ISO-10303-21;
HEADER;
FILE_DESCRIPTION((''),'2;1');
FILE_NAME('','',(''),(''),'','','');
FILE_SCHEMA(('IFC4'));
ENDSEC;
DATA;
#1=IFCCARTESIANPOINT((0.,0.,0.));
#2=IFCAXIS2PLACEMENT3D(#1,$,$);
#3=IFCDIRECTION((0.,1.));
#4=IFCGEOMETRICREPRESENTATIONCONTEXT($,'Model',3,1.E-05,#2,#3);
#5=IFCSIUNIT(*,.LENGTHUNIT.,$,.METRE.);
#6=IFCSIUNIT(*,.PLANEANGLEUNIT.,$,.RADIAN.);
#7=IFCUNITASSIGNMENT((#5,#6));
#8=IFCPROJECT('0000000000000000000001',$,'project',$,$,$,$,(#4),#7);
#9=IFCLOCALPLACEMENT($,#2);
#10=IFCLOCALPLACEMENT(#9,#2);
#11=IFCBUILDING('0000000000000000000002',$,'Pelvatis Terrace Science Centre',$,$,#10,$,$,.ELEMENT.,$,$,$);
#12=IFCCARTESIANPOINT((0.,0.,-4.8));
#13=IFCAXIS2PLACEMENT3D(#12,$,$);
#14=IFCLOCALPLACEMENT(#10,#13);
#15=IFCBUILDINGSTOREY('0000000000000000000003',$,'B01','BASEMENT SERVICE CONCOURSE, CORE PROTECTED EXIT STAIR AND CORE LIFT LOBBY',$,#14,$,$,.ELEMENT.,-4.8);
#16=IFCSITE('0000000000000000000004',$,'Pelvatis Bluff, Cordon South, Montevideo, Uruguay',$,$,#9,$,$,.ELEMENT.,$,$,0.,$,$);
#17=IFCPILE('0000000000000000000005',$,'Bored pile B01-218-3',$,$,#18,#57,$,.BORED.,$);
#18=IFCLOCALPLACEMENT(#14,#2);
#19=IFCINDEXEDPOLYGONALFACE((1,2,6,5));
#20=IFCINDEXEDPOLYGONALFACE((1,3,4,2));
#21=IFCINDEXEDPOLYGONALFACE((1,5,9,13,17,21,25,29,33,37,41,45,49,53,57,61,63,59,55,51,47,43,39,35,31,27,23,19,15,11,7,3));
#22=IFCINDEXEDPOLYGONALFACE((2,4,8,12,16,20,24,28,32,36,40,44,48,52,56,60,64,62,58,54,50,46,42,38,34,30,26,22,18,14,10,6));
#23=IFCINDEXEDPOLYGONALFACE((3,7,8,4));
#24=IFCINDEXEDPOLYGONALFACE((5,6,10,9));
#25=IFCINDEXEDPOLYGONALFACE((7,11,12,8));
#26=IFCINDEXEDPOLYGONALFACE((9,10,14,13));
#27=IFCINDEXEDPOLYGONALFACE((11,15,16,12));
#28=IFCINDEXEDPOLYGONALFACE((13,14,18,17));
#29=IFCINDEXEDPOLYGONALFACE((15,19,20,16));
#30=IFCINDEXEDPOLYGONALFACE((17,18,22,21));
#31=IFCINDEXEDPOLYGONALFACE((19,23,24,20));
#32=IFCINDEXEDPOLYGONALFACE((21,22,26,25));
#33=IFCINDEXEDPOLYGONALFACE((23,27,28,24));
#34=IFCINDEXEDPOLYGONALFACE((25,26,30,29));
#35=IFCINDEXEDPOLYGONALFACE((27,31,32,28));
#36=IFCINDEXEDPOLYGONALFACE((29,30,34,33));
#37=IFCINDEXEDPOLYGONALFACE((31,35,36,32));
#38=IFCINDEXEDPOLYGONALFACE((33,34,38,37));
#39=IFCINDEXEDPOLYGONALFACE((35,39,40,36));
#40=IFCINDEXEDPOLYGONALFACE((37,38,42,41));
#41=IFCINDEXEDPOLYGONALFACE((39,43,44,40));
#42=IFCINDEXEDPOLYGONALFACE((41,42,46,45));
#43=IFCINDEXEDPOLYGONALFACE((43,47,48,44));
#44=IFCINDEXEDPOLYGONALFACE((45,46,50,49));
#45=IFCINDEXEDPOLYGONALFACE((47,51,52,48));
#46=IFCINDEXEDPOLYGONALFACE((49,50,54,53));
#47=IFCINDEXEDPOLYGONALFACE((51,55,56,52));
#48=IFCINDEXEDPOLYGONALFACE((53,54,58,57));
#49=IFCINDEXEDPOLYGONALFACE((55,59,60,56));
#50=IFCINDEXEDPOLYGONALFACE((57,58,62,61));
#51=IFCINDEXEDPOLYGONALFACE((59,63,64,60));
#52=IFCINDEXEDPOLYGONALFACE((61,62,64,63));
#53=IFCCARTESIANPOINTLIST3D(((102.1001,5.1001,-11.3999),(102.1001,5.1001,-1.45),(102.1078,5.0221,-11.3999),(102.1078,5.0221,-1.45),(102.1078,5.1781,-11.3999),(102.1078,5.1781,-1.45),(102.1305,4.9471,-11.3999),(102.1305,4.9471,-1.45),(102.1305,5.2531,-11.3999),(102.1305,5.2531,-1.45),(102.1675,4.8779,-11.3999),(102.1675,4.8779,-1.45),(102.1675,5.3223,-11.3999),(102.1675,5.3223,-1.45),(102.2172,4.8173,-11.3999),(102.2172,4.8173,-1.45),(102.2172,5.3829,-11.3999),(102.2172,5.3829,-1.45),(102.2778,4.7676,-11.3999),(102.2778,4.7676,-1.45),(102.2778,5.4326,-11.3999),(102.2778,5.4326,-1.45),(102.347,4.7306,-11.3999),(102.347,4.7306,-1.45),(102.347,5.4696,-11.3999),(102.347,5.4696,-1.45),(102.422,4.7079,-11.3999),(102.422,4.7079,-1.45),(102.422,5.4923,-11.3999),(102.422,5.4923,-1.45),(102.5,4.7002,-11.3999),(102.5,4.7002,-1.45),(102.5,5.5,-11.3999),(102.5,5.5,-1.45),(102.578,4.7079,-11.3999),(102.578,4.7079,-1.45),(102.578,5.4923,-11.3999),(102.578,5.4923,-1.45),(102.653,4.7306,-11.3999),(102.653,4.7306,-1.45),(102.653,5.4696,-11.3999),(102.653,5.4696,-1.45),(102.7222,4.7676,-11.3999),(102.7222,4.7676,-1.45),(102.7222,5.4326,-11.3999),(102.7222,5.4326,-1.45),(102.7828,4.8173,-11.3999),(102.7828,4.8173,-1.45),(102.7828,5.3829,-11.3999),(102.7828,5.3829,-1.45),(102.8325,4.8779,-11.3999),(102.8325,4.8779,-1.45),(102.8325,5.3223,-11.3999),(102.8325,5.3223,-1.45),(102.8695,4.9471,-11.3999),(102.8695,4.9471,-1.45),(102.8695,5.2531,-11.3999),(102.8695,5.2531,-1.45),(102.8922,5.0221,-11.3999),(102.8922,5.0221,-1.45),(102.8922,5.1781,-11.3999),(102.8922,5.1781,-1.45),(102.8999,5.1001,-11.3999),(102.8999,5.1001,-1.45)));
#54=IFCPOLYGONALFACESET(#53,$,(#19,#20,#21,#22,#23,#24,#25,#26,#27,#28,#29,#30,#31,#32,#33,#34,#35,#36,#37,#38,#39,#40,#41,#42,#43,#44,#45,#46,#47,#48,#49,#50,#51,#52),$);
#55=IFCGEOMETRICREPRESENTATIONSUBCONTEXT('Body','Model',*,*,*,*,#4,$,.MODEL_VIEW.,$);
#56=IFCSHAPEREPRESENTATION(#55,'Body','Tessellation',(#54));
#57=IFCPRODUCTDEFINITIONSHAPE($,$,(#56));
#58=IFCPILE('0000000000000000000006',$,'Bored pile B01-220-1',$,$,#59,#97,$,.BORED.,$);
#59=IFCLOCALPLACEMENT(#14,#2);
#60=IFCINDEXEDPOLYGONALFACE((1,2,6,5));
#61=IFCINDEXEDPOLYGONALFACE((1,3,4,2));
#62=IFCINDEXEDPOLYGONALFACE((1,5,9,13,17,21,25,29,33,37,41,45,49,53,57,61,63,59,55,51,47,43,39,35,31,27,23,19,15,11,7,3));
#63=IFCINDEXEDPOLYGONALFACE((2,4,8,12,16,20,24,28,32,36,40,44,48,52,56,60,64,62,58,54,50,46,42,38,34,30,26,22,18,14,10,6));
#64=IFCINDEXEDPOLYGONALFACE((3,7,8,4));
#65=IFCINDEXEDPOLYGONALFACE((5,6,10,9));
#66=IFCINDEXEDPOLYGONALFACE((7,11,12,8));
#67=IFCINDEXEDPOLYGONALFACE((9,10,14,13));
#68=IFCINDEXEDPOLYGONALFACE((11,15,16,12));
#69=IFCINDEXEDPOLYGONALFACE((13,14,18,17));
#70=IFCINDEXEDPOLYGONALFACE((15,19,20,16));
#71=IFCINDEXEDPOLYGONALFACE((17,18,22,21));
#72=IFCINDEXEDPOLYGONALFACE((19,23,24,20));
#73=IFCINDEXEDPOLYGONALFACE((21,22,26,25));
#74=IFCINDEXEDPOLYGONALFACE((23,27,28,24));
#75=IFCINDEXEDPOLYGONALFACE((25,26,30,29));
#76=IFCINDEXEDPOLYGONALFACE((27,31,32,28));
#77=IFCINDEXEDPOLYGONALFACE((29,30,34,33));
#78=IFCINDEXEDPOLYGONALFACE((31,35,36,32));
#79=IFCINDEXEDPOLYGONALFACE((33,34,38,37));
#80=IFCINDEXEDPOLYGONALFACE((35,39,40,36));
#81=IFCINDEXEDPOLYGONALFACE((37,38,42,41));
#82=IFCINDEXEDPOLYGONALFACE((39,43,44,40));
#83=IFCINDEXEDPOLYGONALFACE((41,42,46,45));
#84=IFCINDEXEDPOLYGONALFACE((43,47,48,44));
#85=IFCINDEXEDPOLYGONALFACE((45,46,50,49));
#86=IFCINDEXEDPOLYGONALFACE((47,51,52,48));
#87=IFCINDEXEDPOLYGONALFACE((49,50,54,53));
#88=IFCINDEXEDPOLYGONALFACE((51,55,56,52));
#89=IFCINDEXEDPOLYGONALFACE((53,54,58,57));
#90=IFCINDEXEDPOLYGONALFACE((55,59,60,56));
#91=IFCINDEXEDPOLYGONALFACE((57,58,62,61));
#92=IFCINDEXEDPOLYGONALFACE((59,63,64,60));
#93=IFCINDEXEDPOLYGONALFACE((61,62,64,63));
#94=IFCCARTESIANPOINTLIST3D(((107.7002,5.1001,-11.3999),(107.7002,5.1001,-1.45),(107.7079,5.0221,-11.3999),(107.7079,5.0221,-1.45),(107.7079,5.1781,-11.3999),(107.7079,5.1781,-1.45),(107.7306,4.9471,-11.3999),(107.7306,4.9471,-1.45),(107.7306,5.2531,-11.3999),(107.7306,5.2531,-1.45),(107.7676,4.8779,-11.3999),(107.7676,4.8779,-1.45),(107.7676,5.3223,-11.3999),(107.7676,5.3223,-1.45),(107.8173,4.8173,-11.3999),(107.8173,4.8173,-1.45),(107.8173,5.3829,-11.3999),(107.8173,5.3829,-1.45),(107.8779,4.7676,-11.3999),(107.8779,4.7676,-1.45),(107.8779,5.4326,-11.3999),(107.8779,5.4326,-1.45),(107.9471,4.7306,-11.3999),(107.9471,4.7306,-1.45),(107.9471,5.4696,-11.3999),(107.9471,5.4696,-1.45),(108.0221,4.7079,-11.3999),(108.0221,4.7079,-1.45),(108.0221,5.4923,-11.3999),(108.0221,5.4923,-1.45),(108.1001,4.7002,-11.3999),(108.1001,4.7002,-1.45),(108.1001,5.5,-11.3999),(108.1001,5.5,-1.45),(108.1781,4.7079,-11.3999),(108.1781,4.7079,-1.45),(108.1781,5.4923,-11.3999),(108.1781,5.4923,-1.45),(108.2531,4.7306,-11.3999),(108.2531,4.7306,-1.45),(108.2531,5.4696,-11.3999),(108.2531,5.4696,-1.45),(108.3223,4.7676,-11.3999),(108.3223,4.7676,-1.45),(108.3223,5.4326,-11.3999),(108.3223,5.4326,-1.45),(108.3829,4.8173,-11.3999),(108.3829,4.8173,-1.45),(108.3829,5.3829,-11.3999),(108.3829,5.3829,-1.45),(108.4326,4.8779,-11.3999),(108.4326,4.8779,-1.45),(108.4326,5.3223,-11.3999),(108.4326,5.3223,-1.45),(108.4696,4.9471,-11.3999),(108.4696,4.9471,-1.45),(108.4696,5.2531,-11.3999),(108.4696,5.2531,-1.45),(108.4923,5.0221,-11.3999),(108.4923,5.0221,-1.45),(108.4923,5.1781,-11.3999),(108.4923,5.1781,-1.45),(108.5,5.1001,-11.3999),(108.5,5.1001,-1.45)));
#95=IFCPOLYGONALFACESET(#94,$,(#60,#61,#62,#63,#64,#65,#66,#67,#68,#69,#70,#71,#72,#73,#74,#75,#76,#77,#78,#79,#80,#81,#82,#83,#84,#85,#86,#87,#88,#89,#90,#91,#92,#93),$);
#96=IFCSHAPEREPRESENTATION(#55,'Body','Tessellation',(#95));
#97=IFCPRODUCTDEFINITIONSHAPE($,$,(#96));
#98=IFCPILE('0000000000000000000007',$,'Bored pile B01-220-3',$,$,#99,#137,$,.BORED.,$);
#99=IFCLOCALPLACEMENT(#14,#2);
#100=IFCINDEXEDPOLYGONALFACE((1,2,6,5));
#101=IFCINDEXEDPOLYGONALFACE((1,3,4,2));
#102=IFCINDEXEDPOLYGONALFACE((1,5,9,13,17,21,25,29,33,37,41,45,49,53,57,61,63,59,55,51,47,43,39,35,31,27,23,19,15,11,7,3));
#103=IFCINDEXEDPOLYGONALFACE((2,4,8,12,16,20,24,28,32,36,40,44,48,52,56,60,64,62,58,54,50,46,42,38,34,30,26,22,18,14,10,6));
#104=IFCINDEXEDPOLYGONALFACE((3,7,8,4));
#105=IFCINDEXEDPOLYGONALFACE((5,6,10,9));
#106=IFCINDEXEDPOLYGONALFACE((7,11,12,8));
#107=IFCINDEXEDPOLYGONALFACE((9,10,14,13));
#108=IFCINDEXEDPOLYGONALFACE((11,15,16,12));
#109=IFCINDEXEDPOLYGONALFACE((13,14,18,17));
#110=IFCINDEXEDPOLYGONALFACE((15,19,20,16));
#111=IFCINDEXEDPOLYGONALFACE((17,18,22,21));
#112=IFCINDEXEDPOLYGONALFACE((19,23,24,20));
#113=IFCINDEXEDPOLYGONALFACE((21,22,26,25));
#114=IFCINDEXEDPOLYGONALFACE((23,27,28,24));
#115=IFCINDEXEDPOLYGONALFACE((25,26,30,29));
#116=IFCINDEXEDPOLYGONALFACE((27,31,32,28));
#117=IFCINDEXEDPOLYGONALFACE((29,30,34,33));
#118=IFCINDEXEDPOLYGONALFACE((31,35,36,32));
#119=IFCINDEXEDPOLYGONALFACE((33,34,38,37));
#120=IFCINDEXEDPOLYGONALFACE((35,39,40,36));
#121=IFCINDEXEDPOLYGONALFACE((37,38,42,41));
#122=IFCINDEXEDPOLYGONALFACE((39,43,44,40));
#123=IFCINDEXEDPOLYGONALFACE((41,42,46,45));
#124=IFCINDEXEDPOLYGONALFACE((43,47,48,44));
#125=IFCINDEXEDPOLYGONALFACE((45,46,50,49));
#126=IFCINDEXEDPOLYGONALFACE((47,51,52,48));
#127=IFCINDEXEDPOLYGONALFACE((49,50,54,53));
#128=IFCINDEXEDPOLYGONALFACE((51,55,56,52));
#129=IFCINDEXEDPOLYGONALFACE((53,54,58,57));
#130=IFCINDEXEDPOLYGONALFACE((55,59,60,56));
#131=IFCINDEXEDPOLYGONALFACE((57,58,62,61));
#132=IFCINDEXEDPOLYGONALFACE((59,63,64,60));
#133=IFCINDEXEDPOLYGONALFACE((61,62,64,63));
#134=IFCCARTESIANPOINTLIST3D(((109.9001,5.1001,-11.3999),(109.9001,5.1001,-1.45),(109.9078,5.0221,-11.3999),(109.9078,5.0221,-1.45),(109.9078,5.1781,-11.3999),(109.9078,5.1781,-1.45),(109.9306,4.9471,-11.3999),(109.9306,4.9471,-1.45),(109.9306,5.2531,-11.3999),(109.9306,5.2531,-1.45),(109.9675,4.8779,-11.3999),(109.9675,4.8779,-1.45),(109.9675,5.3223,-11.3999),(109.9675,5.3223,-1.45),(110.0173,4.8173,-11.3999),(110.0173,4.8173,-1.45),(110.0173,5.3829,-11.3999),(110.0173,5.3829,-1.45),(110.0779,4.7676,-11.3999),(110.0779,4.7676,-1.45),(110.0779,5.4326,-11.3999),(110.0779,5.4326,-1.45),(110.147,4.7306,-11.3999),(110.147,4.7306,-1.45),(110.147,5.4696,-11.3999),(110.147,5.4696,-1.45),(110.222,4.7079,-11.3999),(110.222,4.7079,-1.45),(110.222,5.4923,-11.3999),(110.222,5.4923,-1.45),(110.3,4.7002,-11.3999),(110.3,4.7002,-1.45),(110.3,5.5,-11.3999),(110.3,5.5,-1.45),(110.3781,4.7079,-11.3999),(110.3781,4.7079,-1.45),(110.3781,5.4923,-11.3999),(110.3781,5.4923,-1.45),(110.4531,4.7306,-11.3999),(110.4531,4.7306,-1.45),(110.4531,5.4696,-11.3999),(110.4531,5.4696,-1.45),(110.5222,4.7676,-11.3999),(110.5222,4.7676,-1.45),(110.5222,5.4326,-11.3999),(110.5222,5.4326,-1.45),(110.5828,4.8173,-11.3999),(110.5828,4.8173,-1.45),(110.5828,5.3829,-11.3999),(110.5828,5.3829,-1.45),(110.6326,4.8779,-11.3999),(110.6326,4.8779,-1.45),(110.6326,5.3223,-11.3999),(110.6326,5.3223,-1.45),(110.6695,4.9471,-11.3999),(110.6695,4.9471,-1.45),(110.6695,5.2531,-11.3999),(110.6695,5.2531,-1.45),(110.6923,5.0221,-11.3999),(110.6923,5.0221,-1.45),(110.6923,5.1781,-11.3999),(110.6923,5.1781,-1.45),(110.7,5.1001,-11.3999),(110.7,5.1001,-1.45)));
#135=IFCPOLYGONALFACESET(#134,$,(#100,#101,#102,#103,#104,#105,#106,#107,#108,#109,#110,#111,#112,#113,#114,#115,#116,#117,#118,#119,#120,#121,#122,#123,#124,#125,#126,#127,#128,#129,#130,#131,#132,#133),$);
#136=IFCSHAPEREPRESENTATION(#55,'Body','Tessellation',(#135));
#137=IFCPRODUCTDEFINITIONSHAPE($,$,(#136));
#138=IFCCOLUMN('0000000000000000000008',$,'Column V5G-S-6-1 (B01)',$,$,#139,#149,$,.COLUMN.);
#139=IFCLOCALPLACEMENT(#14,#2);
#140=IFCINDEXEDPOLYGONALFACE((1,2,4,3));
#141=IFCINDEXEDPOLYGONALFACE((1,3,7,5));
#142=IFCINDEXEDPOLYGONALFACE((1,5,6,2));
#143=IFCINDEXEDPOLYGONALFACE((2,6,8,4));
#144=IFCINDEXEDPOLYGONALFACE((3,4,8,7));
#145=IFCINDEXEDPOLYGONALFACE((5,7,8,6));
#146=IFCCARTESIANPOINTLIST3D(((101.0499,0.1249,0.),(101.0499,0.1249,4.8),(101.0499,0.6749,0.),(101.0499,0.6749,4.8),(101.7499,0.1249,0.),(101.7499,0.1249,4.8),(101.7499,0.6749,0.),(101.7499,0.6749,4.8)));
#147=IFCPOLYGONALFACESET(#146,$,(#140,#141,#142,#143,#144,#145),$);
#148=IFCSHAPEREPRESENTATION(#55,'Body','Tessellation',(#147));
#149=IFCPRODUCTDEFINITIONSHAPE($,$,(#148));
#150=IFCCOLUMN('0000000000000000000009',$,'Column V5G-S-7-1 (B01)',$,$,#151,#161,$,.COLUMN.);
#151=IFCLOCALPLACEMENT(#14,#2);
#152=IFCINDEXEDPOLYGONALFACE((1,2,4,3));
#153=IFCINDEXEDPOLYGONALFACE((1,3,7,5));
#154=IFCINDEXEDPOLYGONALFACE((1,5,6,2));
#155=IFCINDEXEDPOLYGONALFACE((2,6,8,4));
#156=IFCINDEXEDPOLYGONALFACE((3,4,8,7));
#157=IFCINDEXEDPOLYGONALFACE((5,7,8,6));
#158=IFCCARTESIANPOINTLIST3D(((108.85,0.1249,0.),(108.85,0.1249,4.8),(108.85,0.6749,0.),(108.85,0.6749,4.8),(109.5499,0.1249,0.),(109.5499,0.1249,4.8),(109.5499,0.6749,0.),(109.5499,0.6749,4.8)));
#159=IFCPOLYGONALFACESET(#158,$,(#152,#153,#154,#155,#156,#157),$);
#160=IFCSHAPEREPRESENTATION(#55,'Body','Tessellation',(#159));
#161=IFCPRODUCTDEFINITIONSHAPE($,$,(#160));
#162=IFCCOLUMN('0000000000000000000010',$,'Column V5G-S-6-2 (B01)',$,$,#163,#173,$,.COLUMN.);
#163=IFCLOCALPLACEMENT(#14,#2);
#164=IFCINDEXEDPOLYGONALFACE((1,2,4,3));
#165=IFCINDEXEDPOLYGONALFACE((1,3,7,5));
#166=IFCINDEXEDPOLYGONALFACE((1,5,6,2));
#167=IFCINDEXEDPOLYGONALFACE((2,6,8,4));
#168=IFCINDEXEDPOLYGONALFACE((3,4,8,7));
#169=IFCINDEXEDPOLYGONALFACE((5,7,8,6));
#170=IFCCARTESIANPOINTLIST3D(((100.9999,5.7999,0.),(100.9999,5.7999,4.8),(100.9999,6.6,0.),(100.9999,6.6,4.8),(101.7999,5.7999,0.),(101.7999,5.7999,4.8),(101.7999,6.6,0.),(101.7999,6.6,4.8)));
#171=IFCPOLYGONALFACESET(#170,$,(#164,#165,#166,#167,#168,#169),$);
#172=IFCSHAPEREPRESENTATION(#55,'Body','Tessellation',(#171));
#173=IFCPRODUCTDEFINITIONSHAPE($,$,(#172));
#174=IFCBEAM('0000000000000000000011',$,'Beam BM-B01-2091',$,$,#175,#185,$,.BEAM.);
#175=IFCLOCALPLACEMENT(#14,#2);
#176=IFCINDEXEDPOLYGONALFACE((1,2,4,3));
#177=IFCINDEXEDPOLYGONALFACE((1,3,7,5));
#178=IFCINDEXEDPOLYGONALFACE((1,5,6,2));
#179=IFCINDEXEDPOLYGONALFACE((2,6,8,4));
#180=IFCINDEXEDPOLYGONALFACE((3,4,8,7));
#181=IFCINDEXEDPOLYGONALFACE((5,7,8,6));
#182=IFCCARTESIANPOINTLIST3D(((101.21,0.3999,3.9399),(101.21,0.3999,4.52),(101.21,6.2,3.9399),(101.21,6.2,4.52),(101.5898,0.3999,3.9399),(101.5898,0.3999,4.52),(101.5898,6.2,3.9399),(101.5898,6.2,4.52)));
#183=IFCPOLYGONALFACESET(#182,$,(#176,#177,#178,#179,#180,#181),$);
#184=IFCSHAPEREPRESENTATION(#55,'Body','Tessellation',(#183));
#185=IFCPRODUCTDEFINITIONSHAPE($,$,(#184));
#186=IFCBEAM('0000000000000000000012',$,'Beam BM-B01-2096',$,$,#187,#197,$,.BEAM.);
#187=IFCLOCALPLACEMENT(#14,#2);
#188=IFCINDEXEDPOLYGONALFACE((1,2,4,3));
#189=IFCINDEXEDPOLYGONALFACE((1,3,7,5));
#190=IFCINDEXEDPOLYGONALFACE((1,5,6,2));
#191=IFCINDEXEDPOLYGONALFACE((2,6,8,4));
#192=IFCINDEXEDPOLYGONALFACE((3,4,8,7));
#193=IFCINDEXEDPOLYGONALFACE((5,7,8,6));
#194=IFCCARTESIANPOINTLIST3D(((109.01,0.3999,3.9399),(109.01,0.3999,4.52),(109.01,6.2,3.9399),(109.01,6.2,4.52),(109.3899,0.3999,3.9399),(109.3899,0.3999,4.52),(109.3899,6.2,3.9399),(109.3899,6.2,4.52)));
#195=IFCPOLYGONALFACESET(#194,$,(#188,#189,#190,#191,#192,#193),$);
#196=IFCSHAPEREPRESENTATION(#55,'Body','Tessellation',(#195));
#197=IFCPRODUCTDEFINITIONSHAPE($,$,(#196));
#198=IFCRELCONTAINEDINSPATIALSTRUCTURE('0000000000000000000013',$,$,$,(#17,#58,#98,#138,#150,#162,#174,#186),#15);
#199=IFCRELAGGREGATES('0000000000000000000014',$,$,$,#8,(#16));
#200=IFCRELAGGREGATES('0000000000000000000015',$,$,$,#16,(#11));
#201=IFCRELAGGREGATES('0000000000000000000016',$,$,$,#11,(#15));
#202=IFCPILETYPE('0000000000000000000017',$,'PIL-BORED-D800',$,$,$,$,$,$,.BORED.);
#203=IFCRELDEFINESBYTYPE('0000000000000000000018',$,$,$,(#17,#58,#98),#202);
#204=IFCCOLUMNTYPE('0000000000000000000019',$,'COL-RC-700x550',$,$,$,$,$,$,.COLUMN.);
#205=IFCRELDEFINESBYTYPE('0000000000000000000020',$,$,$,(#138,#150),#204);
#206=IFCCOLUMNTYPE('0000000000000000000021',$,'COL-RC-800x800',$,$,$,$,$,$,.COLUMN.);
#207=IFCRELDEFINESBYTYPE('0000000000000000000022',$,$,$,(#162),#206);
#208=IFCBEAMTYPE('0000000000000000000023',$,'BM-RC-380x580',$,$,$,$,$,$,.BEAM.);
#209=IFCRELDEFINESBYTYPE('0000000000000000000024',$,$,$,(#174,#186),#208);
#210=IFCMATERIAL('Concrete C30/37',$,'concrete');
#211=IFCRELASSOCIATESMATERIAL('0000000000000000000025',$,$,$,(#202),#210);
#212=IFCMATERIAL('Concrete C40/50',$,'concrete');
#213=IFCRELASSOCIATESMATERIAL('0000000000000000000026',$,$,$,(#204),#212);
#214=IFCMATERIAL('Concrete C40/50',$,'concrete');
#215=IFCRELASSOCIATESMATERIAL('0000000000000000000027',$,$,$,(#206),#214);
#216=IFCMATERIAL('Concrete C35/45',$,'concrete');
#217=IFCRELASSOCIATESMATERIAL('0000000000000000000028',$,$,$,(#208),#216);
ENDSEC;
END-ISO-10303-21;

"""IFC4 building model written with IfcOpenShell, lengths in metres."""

from ifc_helpers import new_model, si_unit, direction, frame, origin, origin_2d, place, context, subcontext, project, spatial, rectangle, circle, extrude, material, material_profile, profile_set, type_object, element, save


model = new_model("IFC4")

# Units and contexts
model_context = context("Model", 3, precision=1e-05, world=origin(), true_north=direction((0.0, 1.0)))
body_context = subcontext(model_context, "Body", "Model", "MODEL_VIEW")
ifc_project = project(units=[si_unit("LENGTHUNIT", "METRE"), si_unit("PLANEANGLEUNIT", "RADIAN")], contexts=[model_context])

# Site, building, storey
site_placement = place(None, origin())
site = spatial("IfcSite", under=ifc_project, at=site_placement, Name="Pelvatis Bluff, Cordon South, Montevideo, Uruguay", CompositionType="ELEMENT", RefElevation=0.0)
building_placement = place(site_placement, origin())
building = spatial("IfcBuilding", under=site, at=building_placement, Name="Pelvatis Terrace Science Centre", CompositionType="ELEMENT")
storey_placement = place(building_placement, frame((0.0, 0.0, -4.8)))
storey = spatial("IfcBuildingStorey", under=building, at=storey_placement, Name="B01", Description="BASEMENT SERVICE CONCOURSE, CORE PROTECTED EXIT STAIR AND CORE LIFT LOBBY", CompositionType="ELEMENT", Elevation=-4.8)

# Piles
ifc_material_1 = material(Name="Concrete C30/37", Category="concrete")
ifc_material_profile_1 = material_profile(ifc_material_1, circle(Radius=0.3999, at=origin_2d()), Name="PILE D800")
ifc_profile_set_1 = profile_set([ifc_material_profile_1], Name="Concrete C30/37")
pile_type = type_object("IfcPileType", Name="PIL-BORED-D800", PredefinedType="BORED", material=ifc_profile_set_1)
for number, where, z_axis, x_axis, name in (
    (1, (102.5, 5.1001, -1.45), (0.0, 0.0, -1.0), (1.0, 0.0, 0.0), "Bored pile B01-218-3"),
    (2, (108.1001, 5.1001, -1.45), (0.0, 0.0, -1.0), (1.0, 0.0, 0.0), "Bored pile B01-220-1"),
    (3, (110.3, 5.1001, -1.45), (0.0, 0.0, -1.0), (1.0, 0.0, 0.0), "Bored pile B01-220-3"),
):
    element("IfcPile", number, at=place(storey_placement, frame(where, z_axis=z_axis, x_axis=x_axis)), inside=storey, type_object=pile_type, Name=name, PredefinedType="BORED", context=body_context, shape_type="SweptSolid", body=[
        extrude(circle(Radius=0.3999, at=origin_2d()), origin(), (0.0, 0.0, 1.0), 9.95),
    ])

# Columns
ifc_material_2 = material(Name="Concrete C40/50", Category="concrete")
ifc_material_profile_2 = material_profile(ifc_material_2, rectangle(XDim=0.7, YDim=0.55, at=origin_2d()), Name="RC-COL 700x550")
ifc_profile_set_2 = profile_set([ifc_material_profile_2], Name="Concrete C40/50")
column_type_1 = type_object("IfcColumnType", Name="COL-RC-700x550", PredefinedType="COLUMN", material=ifc_profile_set_2)
for number, where, z_axis, x_axis, name in (
    (4, (101.3999, 0.3999, 0.0), (0.0, 0.0, 1.0), (1.0, 0.0, 0.0), "Column V5G-S-6-1 (B01)"),
    (5, (109.2, 0.3999, 0.0), (0.0, 0.0, 1.0), (1.0, 0.0, 0.0), "Column V5G-S-7-1 (B01)"),
):
    element("IfcColumn", number, at=place(storey_placement, frame(where, z_axis=z_axis, x_axis=x_axis)), inside=storey, type_object=column_type_1, Name=name, PredefinedType="COLUMN", context=body_context, shape_type="SweptSolid", body=[
        extrude(rectangle(XDim=0.7, YDim=0.55, at=origin_2d()), origin(), (0.0, 0.0, 1.0), 4.8),
    ])
ifc_material_3 = material(Name="Concrete C40/50", Category="concrete")
ifc_material_profile_3 = material_profile(ifc_material_3, rectangle(XDim=0.8, YDim=0.8, at=origin_2d()), Name="RC-COL 800x800")
ifc_profile_set_3 = profile_set([ifc_material_profile_3], Name="Concrete C40/50")
column_type_2 = type_object("IfcColumnType", Name="COL-RC-800x800", PredefinedType="COLUMN", material=ifc_profile_set_3)
column_placement = place(storey_placement, frame((101.3999, 6.2, 0.0), z_axis=(0.0, 0.0, 1.0), x_axis=(1.0, 0.0, 0.0)))
element("IfcColumn", 6, at=column_placement, inside=storey, type_object=column_type_2, Name="Column V5G-S-6-2 (B01)", PredefinedType="COLUMN", context=body_context, shape_type="SweptSolid", body=[
    extrude(rectangle(XDim=0.8, YDim=0.8, at=origin_2d()), origin(), (0.0, 0.0, 1.0), 4.8),
])

# Beams
ifc_material_4 = material(Name="Concrete C35/45", Category="concrete")
ifc_material_profile_4 = material_profile(ifc_material_4, rectangle(XDim=0.3799, YDim=0.5801, at=origin_2d()), Name="RC-BM 380x580")
ifc_profile_set_4 = profile_set([ifc_material_profile_4], Name="Concrete C35/45")
beam_type_1 = type_object("IfcBeamType", Name="BM-RC-380x580", PredefinedType="BEAM", material=ifc_profile_set_4)
for number, where, z_axis, x_axis, name in (
    (7, (101.3999, 0.3999, 4.23), (0.0, 1.0, 0.0), (-1.0, 0.0, 0.0), "Beam BM-B01-2091"),
    (8, (109.2, 0.3999, 4.23), (0.0, 1.0, 0.0), (-1.0, 0.0, 0.0), "Beam BM-B01-2096"),
):
    element("IfcBeam", number, at=place(storey_placement, frame(where, z_axis=z_axis, x_axis=x_axis)), inside=storey, type_object=beam_type_1, Name=name, PredefinedType="BEAM", context=body_context, shape_type="SweptSolid", body=[
        extrude(rectangle(XDim=0.3799, YDim=0.5801, at=origin_2d()), origin(), (0.0, 0.0, 1.0), 5.8),
    ])

save(model, "model.ifc")
